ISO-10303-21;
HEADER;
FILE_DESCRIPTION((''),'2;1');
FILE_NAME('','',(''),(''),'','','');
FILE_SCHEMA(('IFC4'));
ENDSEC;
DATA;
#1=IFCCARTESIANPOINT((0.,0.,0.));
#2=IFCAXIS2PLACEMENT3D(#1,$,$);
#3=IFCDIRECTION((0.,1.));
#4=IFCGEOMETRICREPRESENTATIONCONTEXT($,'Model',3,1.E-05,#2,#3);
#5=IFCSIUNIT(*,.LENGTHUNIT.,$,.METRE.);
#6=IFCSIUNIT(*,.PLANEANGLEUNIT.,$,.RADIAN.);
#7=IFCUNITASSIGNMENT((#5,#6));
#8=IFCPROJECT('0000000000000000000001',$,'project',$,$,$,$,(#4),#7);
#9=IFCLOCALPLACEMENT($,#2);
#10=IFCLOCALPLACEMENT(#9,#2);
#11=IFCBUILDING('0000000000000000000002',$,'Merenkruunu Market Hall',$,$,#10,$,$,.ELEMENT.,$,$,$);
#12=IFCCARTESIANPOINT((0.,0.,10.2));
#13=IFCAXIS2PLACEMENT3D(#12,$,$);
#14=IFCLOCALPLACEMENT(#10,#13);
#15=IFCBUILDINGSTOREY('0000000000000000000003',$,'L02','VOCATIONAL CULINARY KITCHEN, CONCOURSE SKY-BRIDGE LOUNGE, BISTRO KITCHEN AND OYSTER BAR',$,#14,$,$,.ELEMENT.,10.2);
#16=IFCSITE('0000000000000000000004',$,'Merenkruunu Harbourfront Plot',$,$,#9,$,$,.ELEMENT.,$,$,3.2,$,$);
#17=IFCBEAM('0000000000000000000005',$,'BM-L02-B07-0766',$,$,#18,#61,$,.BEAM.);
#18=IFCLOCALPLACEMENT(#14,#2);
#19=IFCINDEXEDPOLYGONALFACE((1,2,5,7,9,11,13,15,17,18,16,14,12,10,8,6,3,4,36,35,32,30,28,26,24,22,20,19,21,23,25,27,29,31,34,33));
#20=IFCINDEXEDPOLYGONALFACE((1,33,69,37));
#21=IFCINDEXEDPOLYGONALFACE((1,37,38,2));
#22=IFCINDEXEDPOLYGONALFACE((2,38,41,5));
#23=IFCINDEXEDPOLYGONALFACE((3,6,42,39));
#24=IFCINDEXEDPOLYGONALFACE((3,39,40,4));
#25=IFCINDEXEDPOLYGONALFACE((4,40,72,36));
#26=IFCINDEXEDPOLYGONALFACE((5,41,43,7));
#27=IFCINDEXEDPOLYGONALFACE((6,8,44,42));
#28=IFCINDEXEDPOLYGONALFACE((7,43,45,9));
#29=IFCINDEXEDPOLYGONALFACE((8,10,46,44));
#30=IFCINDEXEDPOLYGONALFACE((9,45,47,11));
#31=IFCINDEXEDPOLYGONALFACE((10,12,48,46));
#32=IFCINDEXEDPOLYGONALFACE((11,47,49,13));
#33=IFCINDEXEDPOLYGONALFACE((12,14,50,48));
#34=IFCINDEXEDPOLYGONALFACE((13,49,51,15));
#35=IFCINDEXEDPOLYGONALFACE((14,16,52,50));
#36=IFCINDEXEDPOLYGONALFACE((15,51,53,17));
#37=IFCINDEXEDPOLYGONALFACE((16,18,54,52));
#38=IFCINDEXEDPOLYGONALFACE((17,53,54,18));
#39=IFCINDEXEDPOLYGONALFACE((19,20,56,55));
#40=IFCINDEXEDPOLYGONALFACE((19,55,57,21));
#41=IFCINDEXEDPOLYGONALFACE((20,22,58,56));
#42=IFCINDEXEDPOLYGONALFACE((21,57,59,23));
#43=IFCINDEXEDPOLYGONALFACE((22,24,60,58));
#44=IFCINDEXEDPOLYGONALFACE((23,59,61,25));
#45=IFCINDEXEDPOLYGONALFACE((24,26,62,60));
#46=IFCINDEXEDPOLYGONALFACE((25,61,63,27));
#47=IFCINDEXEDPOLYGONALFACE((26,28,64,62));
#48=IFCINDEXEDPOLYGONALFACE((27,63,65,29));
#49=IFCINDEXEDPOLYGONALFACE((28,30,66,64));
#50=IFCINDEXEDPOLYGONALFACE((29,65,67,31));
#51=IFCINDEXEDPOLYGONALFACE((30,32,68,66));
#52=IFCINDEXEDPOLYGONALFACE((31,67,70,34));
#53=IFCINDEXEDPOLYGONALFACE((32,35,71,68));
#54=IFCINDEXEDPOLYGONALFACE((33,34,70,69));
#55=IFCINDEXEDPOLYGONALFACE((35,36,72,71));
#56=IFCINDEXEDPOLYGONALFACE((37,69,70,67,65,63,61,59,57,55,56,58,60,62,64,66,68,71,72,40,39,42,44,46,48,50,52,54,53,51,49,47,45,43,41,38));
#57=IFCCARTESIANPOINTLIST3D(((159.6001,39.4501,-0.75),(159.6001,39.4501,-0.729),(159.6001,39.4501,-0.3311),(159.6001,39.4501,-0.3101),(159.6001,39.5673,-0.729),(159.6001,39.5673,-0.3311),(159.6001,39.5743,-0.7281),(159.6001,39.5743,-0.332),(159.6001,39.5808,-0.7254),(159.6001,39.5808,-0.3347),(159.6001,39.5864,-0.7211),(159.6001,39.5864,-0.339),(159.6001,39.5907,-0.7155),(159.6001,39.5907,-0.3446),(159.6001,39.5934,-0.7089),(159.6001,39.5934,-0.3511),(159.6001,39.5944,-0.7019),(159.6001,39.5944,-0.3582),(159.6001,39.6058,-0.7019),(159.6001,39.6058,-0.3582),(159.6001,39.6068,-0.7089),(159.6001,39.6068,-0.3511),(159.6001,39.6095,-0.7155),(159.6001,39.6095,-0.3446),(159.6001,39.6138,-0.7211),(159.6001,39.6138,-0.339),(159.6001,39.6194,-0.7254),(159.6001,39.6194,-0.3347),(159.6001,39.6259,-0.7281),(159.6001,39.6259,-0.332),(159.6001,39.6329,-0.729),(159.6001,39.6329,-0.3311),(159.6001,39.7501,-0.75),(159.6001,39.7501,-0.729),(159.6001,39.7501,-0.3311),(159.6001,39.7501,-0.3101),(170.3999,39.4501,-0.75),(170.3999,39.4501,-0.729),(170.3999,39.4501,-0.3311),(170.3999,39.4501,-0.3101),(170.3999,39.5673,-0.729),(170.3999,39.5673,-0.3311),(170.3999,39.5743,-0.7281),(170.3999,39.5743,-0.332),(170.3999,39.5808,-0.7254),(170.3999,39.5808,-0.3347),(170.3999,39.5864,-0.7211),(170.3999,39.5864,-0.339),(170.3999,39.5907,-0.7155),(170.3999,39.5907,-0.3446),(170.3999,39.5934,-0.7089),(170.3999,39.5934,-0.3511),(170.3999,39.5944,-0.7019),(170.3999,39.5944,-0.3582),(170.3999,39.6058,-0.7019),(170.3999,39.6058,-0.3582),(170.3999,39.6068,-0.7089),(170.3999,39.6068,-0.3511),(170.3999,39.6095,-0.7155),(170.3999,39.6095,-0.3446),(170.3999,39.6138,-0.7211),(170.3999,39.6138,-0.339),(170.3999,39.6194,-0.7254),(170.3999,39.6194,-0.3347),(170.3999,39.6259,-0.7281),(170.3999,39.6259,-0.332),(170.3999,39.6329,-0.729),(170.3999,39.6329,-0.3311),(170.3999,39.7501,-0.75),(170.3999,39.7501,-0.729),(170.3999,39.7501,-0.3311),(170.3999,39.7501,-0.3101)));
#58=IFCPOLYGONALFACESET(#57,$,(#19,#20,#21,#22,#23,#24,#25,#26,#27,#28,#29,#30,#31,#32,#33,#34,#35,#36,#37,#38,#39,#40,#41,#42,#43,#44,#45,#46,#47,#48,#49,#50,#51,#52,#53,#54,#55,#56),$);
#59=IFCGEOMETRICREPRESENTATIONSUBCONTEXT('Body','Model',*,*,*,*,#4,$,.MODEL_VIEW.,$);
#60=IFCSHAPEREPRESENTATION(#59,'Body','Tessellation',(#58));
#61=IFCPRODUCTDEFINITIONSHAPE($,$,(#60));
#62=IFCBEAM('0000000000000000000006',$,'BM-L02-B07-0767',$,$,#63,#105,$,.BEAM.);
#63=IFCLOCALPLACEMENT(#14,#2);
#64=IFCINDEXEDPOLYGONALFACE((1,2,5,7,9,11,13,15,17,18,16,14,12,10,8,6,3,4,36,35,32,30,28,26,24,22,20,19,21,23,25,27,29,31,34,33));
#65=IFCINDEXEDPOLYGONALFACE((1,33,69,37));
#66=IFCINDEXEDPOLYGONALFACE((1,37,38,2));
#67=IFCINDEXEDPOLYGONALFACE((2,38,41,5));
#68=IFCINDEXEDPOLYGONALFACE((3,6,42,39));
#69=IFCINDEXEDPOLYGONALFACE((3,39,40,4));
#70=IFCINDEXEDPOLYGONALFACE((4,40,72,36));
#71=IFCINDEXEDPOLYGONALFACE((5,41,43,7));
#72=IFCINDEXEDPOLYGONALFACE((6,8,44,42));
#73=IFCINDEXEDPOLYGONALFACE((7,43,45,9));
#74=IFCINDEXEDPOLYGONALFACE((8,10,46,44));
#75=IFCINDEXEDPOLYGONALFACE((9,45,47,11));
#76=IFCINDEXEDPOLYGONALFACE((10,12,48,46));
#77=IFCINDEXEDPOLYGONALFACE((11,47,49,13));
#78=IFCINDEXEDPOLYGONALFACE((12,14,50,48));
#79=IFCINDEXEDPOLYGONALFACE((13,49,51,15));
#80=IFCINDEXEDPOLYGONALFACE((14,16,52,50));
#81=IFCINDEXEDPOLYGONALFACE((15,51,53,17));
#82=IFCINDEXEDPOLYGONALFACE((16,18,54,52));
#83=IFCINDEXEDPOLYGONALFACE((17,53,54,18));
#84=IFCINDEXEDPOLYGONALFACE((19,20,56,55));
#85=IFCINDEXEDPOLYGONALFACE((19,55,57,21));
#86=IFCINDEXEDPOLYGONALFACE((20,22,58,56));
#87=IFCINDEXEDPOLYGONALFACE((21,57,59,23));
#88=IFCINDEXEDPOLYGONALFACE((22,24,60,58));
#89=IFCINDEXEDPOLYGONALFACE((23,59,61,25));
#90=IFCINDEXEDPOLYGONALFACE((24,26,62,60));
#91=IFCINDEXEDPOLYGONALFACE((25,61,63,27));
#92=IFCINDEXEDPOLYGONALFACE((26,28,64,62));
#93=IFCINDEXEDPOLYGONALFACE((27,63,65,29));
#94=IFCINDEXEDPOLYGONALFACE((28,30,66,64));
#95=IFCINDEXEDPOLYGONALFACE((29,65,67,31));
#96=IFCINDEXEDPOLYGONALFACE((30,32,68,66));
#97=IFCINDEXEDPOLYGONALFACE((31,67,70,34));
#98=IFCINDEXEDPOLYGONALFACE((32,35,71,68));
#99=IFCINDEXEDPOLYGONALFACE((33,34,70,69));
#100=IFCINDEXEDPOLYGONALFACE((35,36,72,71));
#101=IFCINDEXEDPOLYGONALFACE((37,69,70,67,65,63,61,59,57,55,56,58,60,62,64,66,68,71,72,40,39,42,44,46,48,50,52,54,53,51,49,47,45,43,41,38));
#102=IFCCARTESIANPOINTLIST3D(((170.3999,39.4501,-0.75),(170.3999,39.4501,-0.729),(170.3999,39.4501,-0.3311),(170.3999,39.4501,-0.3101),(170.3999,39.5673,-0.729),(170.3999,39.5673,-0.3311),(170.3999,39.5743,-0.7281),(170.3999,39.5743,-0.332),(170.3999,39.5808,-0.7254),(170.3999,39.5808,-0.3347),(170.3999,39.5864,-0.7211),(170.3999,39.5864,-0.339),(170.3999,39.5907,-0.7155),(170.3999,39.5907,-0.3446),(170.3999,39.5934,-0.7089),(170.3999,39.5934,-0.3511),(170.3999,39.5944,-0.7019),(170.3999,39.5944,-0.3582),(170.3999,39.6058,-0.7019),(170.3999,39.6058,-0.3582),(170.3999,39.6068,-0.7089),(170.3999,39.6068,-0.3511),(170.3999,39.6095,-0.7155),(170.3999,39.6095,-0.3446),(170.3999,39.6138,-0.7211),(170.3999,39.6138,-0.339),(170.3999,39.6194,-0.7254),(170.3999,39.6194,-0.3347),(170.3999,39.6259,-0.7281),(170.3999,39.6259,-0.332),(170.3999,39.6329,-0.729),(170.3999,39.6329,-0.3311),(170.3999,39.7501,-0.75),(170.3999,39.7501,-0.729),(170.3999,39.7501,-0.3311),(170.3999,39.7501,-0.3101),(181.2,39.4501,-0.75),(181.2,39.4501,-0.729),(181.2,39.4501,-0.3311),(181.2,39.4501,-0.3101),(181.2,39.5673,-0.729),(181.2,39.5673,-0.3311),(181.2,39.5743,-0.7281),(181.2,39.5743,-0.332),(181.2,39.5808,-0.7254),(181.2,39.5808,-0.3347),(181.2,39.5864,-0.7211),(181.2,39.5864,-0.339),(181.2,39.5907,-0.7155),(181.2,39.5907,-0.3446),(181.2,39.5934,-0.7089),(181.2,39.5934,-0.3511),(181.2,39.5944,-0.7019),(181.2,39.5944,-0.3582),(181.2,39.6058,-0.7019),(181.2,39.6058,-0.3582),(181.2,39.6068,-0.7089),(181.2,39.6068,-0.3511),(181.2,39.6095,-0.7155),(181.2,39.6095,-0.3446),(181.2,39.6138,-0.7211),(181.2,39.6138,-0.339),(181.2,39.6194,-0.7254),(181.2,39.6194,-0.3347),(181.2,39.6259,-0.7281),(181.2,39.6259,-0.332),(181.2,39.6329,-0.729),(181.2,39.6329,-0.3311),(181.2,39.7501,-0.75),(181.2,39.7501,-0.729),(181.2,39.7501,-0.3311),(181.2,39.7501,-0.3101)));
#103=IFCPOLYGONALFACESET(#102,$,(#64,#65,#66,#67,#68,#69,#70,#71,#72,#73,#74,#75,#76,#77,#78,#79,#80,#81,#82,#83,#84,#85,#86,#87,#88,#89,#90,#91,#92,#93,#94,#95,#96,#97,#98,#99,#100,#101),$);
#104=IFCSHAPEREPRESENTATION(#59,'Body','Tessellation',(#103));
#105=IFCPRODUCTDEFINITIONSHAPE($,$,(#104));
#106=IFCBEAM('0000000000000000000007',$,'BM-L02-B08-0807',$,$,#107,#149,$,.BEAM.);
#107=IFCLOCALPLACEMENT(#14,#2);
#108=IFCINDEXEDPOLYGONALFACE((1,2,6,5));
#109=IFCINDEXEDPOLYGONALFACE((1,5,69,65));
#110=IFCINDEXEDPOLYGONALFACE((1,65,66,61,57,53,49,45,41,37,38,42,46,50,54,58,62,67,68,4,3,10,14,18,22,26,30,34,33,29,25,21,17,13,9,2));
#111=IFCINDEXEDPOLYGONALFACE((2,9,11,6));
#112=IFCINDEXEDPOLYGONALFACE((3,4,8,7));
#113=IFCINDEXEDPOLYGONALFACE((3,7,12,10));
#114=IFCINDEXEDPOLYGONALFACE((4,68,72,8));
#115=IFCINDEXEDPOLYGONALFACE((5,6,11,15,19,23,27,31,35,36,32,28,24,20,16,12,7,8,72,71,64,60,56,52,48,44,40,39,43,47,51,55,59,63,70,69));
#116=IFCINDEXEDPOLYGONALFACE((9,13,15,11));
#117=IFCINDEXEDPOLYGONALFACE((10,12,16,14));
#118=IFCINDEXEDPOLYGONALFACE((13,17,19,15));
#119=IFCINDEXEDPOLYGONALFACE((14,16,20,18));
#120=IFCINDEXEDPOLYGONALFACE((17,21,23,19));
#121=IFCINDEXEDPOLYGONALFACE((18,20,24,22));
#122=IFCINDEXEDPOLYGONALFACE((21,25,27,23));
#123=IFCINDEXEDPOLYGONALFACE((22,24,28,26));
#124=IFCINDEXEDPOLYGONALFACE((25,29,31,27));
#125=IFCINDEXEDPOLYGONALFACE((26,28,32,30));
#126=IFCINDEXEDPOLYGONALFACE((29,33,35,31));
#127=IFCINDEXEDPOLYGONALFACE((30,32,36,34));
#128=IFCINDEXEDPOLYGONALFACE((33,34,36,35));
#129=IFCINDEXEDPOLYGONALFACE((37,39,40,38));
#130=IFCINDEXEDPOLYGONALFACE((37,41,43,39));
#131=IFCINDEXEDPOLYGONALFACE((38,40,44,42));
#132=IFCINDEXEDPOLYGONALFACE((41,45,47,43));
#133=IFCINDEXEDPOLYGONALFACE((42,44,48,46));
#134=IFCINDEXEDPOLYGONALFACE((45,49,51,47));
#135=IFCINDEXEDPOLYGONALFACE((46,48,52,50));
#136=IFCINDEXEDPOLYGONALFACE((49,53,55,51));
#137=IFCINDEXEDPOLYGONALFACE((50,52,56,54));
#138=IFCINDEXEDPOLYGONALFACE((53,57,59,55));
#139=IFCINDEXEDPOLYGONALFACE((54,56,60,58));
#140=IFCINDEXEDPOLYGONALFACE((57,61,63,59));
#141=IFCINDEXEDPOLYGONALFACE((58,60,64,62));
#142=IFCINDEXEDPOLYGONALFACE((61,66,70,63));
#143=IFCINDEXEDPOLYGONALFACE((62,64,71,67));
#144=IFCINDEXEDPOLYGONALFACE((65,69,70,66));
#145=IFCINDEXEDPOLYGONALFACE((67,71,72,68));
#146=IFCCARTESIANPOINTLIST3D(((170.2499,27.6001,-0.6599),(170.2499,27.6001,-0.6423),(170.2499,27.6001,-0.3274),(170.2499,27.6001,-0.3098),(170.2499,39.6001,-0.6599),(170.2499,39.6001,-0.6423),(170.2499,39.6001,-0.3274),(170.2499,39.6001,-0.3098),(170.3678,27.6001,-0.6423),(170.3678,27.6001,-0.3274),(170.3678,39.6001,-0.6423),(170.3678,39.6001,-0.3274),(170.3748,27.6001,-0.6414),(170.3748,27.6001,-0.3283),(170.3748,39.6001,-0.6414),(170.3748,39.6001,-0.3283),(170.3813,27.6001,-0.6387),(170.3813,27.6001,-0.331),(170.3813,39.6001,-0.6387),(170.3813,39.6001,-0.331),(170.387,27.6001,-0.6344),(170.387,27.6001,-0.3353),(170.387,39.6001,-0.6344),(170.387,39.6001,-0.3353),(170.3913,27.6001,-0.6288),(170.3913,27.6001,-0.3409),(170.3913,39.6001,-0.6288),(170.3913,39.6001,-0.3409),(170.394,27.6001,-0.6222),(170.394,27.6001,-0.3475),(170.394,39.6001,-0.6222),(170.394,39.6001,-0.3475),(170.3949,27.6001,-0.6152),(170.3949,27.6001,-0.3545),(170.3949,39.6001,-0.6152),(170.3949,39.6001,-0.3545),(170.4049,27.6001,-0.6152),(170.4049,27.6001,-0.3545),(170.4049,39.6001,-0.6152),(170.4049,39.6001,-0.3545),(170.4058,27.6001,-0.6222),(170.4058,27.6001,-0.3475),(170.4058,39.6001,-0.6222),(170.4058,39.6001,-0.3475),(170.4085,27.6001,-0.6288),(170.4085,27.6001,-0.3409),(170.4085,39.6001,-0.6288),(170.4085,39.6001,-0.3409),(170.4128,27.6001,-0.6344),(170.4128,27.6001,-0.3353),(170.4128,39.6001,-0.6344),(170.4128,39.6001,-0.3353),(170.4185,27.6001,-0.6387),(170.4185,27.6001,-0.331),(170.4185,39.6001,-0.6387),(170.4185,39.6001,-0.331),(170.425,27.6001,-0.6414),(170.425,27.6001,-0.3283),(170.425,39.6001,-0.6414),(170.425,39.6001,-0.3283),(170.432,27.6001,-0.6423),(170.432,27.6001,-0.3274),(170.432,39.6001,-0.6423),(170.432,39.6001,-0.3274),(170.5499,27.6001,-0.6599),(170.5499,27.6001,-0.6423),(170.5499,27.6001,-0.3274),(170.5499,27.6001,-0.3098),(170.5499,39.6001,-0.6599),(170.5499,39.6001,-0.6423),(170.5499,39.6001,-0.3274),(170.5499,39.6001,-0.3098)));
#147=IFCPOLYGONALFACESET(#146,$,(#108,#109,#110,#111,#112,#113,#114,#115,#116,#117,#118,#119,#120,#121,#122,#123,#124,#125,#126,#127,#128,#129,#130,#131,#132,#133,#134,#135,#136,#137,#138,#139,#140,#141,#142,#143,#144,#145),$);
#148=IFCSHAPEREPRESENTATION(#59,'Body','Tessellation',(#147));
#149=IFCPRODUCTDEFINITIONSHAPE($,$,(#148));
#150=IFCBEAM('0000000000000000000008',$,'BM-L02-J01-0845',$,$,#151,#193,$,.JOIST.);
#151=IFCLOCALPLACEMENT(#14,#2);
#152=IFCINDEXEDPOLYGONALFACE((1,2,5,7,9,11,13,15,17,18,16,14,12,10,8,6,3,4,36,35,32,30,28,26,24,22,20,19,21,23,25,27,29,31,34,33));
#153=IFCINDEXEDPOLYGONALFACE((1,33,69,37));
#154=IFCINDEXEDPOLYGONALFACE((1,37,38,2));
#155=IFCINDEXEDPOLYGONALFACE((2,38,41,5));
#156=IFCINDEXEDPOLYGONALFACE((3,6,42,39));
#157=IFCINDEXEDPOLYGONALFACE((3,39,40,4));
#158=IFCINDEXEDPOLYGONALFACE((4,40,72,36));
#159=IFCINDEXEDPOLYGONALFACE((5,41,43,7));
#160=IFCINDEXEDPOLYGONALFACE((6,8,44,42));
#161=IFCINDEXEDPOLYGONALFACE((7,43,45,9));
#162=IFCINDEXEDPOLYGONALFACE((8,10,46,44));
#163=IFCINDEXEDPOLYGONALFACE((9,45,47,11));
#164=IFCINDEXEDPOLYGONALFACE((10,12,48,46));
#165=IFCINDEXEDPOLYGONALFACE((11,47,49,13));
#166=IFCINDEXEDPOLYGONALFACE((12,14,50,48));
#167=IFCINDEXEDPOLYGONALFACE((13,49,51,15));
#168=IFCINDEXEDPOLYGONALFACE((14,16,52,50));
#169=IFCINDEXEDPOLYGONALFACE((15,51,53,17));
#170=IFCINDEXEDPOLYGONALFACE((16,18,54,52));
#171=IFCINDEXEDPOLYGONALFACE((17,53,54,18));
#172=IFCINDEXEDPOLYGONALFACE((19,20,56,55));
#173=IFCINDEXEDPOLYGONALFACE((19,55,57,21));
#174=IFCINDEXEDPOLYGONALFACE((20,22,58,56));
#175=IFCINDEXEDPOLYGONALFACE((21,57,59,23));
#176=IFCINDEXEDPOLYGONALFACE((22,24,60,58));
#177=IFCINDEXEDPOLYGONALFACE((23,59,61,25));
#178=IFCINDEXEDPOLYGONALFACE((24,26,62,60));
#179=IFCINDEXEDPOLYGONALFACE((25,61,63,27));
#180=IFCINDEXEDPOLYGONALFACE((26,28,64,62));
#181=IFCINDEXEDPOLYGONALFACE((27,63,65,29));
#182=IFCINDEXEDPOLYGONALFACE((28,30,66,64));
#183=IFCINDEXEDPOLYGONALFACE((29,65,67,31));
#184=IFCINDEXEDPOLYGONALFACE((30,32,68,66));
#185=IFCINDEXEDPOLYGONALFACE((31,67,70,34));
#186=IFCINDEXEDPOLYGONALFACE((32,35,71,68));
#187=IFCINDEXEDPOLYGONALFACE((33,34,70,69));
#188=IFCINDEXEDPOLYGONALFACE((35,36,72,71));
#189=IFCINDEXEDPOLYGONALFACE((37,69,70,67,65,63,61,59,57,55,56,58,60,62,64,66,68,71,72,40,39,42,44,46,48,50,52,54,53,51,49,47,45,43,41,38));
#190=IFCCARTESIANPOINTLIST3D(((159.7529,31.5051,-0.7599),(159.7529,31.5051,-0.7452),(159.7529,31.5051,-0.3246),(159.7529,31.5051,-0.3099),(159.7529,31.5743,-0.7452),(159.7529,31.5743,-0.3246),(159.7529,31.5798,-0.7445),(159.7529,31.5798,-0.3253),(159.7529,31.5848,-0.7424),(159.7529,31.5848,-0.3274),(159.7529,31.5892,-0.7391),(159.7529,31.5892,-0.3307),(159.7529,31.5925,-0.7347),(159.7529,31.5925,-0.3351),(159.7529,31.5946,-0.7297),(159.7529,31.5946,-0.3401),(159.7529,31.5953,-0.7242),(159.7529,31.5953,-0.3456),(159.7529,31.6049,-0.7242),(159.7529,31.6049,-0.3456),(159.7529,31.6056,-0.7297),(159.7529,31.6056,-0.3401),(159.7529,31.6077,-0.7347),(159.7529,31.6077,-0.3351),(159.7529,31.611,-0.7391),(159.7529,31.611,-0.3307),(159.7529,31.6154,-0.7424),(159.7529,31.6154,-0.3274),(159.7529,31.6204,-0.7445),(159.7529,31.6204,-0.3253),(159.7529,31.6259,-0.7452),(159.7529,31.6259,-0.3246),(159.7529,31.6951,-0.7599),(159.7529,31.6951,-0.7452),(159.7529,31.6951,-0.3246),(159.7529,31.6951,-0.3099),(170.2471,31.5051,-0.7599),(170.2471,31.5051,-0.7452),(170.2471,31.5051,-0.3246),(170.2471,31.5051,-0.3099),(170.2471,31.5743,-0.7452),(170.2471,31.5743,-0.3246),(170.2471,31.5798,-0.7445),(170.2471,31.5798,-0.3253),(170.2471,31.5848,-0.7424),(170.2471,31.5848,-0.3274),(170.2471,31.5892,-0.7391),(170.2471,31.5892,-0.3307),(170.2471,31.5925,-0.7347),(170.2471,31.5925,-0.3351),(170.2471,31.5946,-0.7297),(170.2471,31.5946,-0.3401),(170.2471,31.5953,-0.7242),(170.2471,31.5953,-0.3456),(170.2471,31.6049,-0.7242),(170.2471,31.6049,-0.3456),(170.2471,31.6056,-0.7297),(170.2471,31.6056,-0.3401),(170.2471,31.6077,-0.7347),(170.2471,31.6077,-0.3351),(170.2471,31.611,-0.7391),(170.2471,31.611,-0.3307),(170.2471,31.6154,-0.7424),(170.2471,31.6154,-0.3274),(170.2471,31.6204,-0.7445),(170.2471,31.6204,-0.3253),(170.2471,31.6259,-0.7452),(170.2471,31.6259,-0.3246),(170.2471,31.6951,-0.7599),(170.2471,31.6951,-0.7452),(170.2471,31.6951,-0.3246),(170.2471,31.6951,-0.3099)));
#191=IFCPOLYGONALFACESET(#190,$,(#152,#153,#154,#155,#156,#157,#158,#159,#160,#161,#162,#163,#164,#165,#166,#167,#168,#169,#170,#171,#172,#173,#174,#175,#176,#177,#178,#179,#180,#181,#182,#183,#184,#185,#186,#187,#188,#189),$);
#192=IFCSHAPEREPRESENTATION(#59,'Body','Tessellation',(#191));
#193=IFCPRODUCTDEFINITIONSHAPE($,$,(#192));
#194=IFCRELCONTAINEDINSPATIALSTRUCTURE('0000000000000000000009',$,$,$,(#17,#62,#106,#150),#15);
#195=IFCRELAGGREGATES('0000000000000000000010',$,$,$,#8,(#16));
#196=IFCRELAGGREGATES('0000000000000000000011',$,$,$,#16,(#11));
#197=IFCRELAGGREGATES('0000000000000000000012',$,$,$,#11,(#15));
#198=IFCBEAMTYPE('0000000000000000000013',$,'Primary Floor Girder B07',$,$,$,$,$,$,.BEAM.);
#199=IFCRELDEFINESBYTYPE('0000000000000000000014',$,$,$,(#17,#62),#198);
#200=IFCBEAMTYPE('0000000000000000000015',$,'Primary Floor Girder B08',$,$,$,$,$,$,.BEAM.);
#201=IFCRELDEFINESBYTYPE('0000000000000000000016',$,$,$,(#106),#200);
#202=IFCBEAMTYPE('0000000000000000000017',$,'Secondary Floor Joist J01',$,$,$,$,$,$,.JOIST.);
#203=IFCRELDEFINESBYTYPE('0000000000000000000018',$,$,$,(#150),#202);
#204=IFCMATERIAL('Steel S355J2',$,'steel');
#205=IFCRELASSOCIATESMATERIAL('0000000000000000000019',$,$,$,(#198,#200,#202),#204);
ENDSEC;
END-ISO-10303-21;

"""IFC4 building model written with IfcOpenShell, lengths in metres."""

from ifc_helpers import new_model, si_unit, direction, frame, origin, origin_2d, place, context, subcontext, project, spatial, i_section, extrude, material, material_profile, profile_set, type_object, element, save


model = new_model("IFC4")

# Units and contexts
model_context = context("Model", 3, precision=1e-05, world=origin(), true_north=direction((0.0, 1.0)))
body_context = subcontext(model_context, "Body", "Model", "MODEL_VIEW")
ifc_project = project(units=[si_unit("LENGTHUNIT", "METRE"), si_unit("PLANEANGLEUNIT", "RADIAN")], contexts=[model_context])

# Site, building, storey
site_placement = place(None, origin())
site = spatial("IfcSite", under=ifc_project, at=site_placement, Name="Merenkruunu Harbourfront Plot", CompositionType="ELEMENT", RefElevation=3.2)
building_placement = place(site_placement, origin())
building = spatial("IfcBuilding", under=site, at=building_placement, Name="Merenkruunu Market Hall", CompositionType="ELEMENT")
storey_placement = place(building_placement, frame((0.0, 0.0, 10.2)))
storey = spatial("IfcBuildingStorey", under=building, at=storey_placement, Name="L02", Description="VOCATIONAL CULINARY KITCHEN, CONCOURSE SKY-BRIDGE LOUNGE, BISTRO KITCHEN AND OYSTER BAR", CompositionType="ELEMENT", Elevation=10.2)

# Shared definitions
ifc_material_1 = material(Name="Steel S355J2", Category="steel")

# Beams
ifc_material_profile_1 = material_profile(ifc_material_1, i_section(OverallWidth=0.3, OverallDepth=0.4399, WebThickness=0.0115, FlangeThickness=0.021, FilletRadius=0.0271, at=origin_2d()), Name="HEA 450")
ifc_profile_set_1 = profile_set([ifc_material_profile_1], Name="Steel S355J2")
beam_type_1 = type_object("IfcBeamType", Name="Primary Floor Girder B07", PredefinedType="BEAM", material=ifc_profile_set_1)
beam_1_placement = place(storey_placement, frame((159.6001, 39.6001, -0.53), z_axis=(1.0, 0.0, 0.0), x_axis=(0.0, 1.0, 0.0)))
element("IfcBeam", 1, at=beam_1_placement, inside=storey, type_object=beam_type_1, Name="BM-L02-B07-0766", PredefinedType="BEAM", context=body_context, shape_type="SweptSolid", body=[
    extrude(i_section(OverallWidth=0.3, OverallDepth=0.4399, WebThickness=0.0115, FlangeThickness=0.021, FilletRadius=0.0271, at=origin_2d()), origin(), (0.0, 0.0, 1.0), 10.7998),
])
beam_2_placement = place(storey_placement, frame((170.3999, 39.6001, -0.53), z_axis=(1.0, 0.0, 0.0), x_axis=(0.0, 1.0, 0.0)))
element("IfcBeam", 2, at=beam_2_placement, inside=storey, type_object=beam_type_1, Name="BM-L02-B07-0767", PredefinedType="BEAM", context=body_context, shape_type="SweptSolid", body=[
    extrude(i_section(OverallWidth=0.3, OverallDepth=0.4399, WebThickness=0.0115, FlangeThickness=0.021, FilletRadius=0.0271, at=origin_2d()), origin(), (0.0, 0.0, 1.0), 10.8),
])
ifc_material_profile_2 = material_profile(ifc_material_1, i_section(OverallWidth=0.3, OverallDepth=0.3501, WebThickness=0.01, FlangeThickness=0.0176, FilletRadius=0.0271, at=origin_2d()), Name="HEA 360")
ifc_profile_set_2 = profile_set([ifc_material_profile_2], Name="Steel S355J2")
beam_type_2 = type_object("IfcBeamType", Name="Primary Floor Girder B08", PredefinedType="BEAM", material=ifc_profile_set_2)
beam_3_placement = place(storey_placement, frame((170.3999, 27.6001, -0.4849), z_axis=(0.0, 1.0, 0.0), x_axis=(-1.0, 0.0, 0.0)))
element("IfcBeam", 3, at=beam_3_placement, inside=storey, type_object=beam_type_2, Name="BM-L02-B08-0807", PredefinedType="BEAM", context=body_context, shape_type="SweptSolid", body=[
    extrude(i_section(OverallWidth=0.3, OverallDepth=0.3501, WebThickness=0.01, FlangeThickness=0.0176, FilletRadius=0.0271, at=origin_2d()), origin(), (0.0, 0.0, 1.0), 12.0),
])
ifc_material_profile_3 = material_profile(ifc_material_1, i_section(OverallWidth=0.1899, OverallDepth=0.45, WebThickness=0.0095, FlangeThickness=0.0146, FilletRadius=0.021, at=origin_2d()), Name="IPE 450")
ifc_profile_set_3 = profile_set([ifc_material_profile_3], Name="Steel S355J2")
beam_type_3 = type_object("IfcBeamType", Name="Secondary Floor Joist J01", PredefinedType="JOIST", material=ifc_profile_set_3)
for number, where, z_axis, x_axis, name in (
    (4, (159.7529, 31.6001, -0.5349), (1.0, 0.0, 0.0), (0.0, 1.0, 0.0), "BM-L02-J01-0845"),
):
    element("IfcBeam", number, at=place(storey_placement, frame(where, z_axis=z_axis, x_axis=x_axis)), inside=storey, type_object=beam_type_3, Name=name, PredefinedType="JOIST", context=body_context, shape_type="SweptSolid", body=[
        extrude(i_section(OverallWidth=0.1899, OverallDepth=0.45, WebThickness=0.0095, FlangeThickness=0.0146, FilletRadius=0.021, at=origin_2d()), origin(), (0.0, 0.0, 1.0), 10.4941),
    ])

save(model, "model.ifc")
